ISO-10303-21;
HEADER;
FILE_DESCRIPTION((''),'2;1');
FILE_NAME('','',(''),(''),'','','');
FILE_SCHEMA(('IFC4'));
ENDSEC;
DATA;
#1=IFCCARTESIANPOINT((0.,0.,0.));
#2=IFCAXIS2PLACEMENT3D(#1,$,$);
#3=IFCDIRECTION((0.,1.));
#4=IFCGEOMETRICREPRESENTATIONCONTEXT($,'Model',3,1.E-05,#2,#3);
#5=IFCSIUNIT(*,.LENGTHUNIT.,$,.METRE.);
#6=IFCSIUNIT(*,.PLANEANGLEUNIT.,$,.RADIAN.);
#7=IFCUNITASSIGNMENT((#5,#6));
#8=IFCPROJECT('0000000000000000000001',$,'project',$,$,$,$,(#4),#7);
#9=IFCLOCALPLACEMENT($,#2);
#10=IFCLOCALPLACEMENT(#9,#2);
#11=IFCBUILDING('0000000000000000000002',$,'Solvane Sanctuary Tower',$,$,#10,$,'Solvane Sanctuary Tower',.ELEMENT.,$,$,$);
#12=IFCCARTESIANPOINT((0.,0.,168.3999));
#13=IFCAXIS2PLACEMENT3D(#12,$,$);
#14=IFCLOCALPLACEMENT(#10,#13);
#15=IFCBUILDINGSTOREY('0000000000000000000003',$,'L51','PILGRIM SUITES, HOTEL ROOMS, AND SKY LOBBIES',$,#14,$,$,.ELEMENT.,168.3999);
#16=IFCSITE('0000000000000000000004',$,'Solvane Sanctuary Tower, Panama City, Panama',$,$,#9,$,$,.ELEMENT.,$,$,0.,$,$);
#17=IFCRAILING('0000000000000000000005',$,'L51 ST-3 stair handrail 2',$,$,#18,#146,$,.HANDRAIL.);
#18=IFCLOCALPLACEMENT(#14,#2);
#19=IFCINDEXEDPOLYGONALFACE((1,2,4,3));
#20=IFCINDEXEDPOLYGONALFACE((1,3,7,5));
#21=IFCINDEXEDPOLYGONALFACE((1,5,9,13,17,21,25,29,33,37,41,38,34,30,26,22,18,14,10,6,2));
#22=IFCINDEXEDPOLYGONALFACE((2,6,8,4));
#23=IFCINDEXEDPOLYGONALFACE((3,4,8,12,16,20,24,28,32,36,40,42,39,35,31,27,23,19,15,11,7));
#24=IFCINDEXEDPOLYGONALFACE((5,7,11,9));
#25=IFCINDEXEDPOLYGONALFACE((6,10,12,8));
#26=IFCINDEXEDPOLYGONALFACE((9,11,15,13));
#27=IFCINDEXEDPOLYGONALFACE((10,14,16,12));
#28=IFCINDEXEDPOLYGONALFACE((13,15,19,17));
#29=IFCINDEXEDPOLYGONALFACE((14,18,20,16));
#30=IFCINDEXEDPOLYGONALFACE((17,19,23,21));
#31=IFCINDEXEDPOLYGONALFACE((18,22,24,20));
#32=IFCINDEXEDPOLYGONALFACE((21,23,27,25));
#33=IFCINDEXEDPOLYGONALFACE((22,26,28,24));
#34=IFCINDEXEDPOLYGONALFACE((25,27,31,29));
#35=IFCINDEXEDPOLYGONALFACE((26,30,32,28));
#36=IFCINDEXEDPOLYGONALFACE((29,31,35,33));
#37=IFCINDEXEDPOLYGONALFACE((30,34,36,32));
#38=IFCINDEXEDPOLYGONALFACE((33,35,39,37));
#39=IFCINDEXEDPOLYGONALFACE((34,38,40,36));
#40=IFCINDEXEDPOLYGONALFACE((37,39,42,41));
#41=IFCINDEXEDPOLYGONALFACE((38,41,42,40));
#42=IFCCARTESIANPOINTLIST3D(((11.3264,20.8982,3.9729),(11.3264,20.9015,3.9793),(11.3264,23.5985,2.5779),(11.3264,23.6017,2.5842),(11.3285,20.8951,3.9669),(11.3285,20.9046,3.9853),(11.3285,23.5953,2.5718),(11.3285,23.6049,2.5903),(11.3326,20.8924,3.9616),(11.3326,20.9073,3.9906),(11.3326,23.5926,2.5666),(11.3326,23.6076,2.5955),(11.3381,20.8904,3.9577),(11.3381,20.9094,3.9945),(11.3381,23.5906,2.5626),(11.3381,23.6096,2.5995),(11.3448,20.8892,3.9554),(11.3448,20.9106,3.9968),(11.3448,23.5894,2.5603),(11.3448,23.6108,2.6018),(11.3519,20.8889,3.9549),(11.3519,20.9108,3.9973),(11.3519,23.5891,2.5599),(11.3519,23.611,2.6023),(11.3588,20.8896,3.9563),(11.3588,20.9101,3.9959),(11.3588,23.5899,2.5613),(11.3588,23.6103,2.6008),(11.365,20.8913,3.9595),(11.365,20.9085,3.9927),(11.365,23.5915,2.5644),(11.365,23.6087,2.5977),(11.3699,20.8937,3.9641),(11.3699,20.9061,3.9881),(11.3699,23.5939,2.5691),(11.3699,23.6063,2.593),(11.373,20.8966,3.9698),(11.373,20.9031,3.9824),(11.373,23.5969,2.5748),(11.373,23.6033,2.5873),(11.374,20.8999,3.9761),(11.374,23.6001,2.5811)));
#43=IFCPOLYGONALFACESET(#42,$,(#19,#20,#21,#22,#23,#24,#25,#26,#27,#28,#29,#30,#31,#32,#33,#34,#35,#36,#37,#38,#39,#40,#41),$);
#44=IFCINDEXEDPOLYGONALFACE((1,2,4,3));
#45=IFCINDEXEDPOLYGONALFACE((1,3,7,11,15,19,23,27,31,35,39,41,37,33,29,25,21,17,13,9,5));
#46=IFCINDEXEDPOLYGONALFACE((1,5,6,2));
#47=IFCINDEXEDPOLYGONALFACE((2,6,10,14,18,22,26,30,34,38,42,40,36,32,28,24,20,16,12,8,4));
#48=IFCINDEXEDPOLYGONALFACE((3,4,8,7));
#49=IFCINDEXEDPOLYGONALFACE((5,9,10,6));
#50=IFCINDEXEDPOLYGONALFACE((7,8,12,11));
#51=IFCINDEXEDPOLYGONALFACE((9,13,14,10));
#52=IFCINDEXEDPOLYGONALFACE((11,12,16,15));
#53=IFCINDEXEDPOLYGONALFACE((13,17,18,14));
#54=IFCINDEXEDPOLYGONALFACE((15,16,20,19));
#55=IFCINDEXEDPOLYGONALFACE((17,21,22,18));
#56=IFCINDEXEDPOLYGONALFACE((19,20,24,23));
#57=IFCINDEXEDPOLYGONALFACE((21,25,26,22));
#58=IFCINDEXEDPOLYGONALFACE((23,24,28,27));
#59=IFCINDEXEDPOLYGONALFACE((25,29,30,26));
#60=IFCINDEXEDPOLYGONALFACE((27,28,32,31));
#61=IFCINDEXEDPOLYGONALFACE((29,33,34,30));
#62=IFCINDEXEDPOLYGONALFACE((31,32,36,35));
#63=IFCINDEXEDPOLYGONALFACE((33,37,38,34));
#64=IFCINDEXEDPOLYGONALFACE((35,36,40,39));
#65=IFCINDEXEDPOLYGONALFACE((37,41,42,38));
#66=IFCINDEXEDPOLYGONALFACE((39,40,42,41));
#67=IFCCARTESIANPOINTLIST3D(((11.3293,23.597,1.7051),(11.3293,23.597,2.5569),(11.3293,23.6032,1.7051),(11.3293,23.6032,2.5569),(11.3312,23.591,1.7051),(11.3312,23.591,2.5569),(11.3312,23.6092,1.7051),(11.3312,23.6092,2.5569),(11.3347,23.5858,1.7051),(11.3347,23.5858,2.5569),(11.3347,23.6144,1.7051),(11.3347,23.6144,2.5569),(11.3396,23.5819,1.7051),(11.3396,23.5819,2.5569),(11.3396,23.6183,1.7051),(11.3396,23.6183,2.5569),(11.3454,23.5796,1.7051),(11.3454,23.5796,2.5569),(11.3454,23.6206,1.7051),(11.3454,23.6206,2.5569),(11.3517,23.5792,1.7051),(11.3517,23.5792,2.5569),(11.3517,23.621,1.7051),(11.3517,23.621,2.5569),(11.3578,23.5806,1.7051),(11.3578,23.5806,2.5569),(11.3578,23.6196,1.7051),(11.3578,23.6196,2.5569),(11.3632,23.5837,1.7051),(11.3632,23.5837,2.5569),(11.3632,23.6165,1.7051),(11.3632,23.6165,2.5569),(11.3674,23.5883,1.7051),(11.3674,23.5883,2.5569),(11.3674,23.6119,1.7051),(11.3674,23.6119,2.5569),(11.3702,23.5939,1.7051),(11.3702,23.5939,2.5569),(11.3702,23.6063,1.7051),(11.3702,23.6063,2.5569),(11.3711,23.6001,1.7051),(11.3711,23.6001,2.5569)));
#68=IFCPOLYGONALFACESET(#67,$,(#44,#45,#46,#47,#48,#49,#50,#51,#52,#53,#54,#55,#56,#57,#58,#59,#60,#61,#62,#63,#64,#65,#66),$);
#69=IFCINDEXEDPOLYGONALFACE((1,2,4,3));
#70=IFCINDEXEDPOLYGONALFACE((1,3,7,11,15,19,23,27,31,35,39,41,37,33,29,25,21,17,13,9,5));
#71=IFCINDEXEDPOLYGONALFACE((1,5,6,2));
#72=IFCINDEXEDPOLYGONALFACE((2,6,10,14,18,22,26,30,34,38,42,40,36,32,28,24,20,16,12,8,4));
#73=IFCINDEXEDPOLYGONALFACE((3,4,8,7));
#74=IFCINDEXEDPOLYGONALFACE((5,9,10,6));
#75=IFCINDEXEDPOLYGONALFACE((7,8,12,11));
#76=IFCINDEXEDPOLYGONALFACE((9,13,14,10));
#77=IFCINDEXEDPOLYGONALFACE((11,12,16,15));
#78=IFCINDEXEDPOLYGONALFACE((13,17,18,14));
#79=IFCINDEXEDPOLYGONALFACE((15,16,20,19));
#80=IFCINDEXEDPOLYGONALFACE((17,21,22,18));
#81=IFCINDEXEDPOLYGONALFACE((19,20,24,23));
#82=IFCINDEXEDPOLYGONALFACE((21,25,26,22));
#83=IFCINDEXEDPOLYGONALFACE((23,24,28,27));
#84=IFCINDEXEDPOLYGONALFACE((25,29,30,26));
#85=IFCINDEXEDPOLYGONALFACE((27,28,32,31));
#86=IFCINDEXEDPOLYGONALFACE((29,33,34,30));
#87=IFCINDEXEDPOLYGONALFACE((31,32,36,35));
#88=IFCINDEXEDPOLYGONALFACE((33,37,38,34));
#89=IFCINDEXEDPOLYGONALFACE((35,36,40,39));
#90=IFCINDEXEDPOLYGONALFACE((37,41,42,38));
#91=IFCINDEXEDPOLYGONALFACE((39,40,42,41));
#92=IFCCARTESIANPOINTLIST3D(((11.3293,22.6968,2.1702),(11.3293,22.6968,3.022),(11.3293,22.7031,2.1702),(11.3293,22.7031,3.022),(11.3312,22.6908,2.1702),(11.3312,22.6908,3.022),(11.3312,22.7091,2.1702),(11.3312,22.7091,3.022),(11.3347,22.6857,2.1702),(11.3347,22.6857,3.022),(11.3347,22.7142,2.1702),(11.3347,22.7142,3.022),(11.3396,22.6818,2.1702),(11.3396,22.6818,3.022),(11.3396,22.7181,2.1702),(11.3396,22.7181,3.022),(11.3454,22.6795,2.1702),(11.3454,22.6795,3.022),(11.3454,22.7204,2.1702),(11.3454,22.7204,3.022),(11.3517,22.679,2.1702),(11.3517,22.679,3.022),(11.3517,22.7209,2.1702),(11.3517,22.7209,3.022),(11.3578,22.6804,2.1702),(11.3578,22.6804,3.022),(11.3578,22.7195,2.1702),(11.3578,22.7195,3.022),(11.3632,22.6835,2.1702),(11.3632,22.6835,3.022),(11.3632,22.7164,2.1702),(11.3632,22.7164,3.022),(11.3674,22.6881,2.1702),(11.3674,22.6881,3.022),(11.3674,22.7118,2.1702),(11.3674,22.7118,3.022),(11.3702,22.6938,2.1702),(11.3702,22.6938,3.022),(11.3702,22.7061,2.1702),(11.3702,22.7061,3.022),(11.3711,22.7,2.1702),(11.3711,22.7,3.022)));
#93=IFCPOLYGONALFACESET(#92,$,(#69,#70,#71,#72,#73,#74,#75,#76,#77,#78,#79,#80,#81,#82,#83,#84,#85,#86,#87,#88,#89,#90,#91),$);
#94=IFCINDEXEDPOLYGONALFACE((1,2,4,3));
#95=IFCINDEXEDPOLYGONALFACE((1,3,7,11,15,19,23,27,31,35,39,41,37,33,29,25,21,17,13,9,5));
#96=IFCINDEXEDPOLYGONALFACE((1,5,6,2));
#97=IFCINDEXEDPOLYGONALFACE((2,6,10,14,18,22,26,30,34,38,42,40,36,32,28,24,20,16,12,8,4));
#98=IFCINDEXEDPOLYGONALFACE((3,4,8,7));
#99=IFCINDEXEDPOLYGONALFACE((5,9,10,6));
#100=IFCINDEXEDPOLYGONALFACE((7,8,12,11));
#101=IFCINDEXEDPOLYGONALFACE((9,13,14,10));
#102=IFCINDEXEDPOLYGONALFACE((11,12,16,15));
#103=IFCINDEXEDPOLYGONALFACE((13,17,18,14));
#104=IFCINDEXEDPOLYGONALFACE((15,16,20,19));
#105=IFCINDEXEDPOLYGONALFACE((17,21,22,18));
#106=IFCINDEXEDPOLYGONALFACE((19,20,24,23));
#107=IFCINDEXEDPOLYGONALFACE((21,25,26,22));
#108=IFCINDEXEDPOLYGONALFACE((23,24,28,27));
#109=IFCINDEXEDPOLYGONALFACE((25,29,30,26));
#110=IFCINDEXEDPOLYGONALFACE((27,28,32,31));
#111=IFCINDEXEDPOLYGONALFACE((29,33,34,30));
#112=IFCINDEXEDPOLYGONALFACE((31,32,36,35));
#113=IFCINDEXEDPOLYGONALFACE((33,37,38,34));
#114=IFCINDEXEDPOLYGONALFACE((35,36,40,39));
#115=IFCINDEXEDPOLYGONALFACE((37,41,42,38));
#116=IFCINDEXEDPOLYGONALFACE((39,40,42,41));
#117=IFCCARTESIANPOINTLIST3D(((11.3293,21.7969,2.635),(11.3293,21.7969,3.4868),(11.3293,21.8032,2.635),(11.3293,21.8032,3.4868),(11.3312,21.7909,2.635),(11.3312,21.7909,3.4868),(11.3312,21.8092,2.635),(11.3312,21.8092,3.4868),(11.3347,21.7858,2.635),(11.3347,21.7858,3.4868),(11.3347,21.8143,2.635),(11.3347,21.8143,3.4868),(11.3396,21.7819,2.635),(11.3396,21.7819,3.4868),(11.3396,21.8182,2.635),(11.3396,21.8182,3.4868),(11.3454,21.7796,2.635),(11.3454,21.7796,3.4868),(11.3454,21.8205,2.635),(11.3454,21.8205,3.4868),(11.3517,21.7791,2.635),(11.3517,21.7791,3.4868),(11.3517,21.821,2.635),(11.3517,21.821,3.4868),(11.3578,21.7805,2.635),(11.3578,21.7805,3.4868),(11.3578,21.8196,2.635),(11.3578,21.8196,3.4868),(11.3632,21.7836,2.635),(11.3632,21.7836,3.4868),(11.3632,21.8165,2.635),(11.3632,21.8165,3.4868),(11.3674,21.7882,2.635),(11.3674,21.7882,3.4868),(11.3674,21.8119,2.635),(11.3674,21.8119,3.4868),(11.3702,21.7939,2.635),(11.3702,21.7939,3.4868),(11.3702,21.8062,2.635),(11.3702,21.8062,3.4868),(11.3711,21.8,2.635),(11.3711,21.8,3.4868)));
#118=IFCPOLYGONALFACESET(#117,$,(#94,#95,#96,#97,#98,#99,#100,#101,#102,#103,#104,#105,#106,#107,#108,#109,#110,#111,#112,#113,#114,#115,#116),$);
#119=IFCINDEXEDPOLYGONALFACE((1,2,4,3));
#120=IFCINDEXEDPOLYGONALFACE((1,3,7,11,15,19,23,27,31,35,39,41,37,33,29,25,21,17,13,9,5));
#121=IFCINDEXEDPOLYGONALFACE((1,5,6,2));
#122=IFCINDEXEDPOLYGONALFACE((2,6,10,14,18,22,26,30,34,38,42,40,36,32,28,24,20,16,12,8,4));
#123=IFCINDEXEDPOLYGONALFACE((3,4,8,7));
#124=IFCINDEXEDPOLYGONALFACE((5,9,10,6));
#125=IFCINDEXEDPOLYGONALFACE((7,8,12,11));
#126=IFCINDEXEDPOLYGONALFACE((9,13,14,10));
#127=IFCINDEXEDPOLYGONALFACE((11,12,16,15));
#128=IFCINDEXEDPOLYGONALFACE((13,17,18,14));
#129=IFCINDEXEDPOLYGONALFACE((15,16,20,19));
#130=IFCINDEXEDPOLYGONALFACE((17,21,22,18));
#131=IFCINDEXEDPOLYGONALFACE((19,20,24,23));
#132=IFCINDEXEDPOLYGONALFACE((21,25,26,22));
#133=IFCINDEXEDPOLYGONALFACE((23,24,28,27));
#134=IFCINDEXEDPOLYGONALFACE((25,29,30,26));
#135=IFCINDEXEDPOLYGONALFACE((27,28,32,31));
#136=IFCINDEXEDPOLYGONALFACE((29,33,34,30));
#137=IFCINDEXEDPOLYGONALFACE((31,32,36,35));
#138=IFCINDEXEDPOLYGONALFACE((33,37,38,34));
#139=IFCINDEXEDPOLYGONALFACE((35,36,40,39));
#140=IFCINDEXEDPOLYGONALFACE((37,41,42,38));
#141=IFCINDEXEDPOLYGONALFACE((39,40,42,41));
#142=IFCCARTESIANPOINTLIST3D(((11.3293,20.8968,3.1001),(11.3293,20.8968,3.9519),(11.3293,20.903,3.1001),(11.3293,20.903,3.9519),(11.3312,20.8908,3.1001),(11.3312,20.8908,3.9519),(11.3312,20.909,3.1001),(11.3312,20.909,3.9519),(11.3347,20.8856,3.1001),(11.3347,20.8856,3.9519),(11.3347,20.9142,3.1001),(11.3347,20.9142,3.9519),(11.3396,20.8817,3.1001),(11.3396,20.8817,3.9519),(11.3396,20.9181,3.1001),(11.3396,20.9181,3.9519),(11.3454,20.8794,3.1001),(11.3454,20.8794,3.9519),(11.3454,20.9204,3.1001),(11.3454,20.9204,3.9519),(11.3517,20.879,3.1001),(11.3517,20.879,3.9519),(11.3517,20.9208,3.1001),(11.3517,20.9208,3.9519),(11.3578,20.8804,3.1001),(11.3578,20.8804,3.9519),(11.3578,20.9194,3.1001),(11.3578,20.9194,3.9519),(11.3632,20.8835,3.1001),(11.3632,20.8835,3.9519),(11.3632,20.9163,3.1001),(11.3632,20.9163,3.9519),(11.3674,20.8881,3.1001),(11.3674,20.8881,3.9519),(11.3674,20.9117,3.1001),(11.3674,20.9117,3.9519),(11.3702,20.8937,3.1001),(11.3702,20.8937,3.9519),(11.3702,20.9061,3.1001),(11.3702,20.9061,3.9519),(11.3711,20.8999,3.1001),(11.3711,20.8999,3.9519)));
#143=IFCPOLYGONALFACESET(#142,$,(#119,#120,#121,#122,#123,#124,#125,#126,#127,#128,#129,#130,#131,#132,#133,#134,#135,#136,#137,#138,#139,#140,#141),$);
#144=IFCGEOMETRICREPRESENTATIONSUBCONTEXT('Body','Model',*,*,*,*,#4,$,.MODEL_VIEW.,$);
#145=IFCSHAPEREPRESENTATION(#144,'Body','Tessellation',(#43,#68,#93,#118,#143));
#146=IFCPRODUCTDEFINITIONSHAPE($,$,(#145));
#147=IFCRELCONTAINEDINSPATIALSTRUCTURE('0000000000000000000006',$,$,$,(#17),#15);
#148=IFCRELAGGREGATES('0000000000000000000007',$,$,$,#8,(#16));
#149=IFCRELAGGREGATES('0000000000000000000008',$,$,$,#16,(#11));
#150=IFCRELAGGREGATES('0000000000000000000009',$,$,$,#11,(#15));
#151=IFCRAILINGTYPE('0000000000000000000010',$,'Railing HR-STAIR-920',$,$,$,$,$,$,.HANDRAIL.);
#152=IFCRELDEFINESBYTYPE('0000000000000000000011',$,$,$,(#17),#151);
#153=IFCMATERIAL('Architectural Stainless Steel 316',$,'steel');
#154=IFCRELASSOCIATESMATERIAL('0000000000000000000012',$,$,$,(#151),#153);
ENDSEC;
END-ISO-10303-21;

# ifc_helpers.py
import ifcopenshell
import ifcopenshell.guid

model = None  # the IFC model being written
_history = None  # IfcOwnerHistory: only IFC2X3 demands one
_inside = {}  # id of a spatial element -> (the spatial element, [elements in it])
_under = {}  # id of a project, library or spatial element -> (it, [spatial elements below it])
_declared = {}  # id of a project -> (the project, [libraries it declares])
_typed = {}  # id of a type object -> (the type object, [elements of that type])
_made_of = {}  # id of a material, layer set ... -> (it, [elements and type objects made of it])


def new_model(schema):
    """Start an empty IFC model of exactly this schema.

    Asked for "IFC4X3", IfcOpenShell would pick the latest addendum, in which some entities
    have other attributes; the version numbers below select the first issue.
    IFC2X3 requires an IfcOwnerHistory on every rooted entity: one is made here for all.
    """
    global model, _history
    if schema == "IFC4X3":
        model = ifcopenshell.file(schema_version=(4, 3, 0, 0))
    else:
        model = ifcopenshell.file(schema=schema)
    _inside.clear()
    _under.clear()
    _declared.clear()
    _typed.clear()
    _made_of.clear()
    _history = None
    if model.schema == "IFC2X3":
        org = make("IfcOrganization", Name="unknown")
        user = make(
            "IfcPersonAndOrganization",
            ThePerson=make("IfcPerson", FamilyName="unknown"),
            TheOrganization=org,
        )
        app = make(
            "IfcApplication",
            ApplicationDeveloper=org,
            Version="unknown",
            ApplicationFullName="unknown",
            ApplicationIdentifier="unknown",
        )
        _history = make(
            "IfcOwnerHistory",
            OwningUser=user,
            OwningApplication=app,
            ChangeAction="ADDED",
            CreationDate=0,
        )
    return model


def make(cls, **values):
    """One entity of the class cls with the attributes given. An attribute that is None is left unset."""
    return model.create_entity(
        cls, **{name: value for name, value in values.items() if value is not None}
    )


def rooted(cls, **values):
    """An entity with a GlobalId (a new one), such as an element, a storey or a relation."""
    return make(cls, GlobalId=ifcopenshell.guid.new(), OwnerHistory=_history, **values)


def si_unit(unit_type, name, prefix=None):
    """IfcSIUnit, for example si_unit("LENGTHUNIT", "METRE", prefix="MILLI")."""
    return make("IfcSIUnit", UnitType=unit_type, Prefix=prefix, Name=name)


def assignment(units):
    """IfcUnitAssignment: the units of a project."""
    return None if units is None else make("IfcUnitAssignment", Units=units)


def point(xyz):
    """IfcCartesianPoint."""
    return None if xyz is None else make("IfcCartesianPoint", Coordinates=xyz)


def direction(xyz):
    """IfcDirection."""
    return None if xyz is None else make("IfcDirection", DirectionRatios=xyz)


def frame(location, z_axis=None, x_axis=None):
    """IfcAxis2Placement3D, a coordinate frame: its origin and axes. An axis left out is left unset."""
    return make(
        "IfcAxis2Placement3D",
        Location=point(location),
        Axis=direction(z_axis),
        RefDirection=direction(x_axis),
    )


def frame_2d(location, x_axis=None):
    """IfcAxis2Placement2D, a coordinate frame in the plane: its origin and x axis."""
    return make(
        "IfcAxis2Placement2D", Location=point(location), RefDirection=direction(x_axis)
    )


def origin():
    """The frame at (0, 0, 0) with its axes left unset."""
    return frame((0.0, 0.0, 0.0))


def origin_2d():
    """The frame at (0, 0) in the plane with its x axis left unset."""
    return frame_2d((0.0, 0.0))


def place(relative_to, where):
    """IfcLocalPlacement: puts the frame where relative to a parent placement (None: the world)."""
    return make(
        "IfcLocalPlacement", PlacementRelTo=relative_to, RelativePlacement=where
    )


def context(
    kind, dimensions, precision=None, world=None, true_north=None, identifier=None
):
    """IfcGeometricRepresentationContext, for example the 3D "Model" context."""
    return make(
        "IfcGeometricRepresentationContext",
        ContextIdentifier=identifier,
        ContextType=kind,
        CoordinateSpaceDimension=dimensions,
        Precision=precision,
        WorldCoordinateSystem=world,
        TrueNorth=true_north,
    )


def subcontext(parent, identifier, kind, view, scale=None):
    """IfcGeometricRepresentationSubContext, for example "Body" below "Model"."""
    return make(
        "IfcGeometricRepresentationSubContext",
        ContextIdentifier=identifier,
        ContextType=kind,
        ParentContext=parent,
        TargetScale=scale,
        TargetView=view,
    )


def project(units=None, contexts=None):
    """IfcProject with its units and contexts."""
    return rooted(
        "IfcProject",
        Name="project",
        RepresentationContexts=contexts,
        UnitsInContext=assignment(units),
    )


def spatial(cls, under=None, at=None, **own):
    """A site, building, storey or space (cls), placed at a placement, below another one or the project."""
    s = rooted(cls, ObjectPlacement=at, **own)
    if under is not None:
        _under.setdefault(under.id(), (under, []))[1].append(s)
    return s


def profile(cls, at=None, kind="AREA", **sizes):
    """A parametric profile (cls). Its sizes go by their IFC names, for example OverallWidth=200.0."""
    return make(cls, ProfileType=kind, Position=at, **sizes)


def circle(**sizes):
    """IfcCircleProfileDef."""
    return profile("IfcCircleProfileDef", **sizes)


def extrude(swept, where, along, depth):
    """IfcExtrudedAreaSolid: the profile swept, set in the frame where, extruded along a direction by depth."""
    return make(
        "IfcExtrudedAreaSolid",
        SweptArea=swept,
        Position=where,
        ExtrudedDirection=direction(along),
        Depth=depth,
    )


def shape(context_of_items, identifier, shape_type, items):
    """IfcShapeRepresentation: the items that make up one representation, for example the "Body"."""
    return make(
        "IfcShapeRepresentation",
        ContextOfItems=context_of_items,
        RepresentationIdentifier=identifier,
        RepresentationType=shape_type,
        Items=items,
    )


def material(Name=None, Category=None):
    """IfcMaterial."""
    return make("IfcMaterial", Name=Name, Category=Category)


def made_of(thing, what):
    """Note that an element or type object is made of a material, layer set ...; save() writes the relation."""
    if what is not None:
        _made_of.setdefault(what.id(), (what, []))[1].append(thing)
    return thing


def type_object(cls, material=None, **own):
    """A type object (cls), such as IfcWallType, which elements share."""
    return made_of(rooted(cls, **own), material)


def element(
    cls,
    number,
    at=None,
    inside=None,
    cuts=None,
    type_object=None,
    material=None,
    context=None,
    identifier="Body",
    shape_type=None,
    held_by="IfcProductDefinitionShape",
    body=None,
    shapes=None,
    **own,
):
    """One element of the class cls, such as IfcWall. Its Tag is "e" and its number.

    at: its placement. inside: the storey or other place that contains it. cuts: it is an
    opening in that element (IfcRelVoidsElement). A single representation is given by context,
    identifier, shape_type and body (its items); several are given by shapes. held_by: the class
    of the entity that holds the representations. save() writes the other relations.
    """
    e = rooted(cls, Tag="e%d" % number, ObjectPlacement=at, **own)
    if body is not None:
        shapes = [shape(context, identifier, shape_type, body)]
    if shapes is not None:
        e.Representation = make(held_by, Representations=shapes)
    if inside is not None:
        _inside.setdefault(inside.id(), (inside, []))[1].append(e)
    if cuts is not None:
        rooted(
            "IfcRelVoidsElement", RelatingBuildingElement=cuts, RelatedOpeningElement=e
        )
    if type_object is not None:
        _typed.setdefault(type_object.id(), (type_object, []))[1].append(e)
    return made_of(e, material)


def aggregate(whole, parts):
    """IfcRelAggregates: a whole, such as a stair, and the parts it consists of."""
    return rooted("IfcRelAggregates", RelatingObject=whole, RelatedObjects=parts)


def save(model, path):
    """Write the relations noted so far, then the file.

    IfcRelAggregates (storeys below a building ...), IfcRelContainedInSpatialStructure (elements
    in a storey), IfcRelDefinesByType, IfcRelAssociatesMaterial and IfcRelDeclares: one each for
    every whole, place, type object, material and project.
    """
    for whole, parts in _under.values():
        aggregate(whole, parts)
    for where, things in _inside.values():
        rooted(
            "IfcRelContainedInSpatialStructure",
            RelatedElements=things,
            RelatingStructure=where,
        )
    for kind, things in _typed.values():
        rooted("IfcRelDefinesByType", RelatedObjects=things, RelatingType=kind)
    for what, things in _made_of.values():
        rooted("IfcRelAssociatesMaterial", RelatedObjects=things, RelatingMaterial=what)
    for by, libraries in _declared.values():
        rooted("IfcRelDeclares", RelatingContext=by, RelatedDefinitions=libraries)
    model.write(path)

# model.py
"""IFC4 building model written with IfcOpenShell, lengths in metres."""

from ifc_helpers import new_model, si_unit, direction, frame, origin, origin_2d, place, context, subcontext, project, spatial, circle, extrude, material, type_object, element, save


model = new_model("IFC4")

# Units and contexts
model_context = context("Model", 3, precision=1e-05, world=origin(), true_north=direction((0.0, 1.0)))
body_context = subcontext(model_context, "Body", "Model", "MODEL_VIEW")
ifc_project = project(units=[si_unit("LENGTHUNIT", "METRE"), si_unit("PLANEANGLEUNIT", "RADIAN")], contexts=[model_context])

# Site, building, storey
site_placement = place(None, origin())
site = spatial("IfcSite", under=ifc_project, at=site_placement, Name="Solvane Sanctuary Tower, Panama City, Panama", CompositionType="ELEMENT", RefElevation=0.0)
building_placement = place(site_placement, origin())
building = spatial("IfcBuilding", under=site, at=building_placement, Name="Solvane Sanctuary Tower", LongName="Solvane Sanctuary Tower", CompositionType="ELEMENT")
storey_placement = place(building_placement, frame((0.0, 0.0, 168.3999)))
storey = spatial("IfcBuildingStorey", under=building, at=storey_placement, Name="L51", Description="PILGRIM SUITES, HOTEL ROOMS, AND SKY LOBBIES", CompositionType="ELEMENT", Elevation=168.3999)

# Shared definitions
ifc_material_1 = material(Name="Architectural Stainless Steel 316", Category="steel")

# Railing
railing_type_1 = type_object("IfcRailingType", Name="Railing HR-STAIR-920", PredefinedType="HANDRAIL", material=ifc_material_1)
railing_1_placement = place(storey_placement, frame((11.3501, 23.6001, 1.7051)))
element("IfcRailing", 1, at=railing_1_placement, inside=storey, type_object=railing_type_1, Name="L51 ST-3 stair handrail 2", PredefinedType="HANDRAIL", context=body_context, shape_type="SweptSolid", body=[
    extrude(circle(Radius=0.0239, at=origin_2d()), frame((0.0, 0.0, 0.876), z_axis=(0.0, -0.888437, 0.458999), x_axis=(1.0, 0.0, 0.0)), (0.0, 0.0, 1.0), 3.0393),
    extrude(circle(Radius=0.021, at=origin_2d()), origin(), (0.0, 0.0, 1.0), 0.8518),
    extrude(circle(Radius=0.021, at=origin_2d()), frame((0.0, -0.9001, 0.4651)), (0.0, 0.0, 1.0), 0.8518),
    extrude(circle(Radius=0.021, at=origin_2d()), frame((0.0, -1.8, 0.9299)), (0.0, 0.0, 1.0), 0.8518),
    extrude(circle(Radius=0.021, at=origin_2d()), frame((0.0, -2.7002, 1.395)), (0.0, 0.0, 1.0), 0.8518),
])

save(model, "model.ifc")
